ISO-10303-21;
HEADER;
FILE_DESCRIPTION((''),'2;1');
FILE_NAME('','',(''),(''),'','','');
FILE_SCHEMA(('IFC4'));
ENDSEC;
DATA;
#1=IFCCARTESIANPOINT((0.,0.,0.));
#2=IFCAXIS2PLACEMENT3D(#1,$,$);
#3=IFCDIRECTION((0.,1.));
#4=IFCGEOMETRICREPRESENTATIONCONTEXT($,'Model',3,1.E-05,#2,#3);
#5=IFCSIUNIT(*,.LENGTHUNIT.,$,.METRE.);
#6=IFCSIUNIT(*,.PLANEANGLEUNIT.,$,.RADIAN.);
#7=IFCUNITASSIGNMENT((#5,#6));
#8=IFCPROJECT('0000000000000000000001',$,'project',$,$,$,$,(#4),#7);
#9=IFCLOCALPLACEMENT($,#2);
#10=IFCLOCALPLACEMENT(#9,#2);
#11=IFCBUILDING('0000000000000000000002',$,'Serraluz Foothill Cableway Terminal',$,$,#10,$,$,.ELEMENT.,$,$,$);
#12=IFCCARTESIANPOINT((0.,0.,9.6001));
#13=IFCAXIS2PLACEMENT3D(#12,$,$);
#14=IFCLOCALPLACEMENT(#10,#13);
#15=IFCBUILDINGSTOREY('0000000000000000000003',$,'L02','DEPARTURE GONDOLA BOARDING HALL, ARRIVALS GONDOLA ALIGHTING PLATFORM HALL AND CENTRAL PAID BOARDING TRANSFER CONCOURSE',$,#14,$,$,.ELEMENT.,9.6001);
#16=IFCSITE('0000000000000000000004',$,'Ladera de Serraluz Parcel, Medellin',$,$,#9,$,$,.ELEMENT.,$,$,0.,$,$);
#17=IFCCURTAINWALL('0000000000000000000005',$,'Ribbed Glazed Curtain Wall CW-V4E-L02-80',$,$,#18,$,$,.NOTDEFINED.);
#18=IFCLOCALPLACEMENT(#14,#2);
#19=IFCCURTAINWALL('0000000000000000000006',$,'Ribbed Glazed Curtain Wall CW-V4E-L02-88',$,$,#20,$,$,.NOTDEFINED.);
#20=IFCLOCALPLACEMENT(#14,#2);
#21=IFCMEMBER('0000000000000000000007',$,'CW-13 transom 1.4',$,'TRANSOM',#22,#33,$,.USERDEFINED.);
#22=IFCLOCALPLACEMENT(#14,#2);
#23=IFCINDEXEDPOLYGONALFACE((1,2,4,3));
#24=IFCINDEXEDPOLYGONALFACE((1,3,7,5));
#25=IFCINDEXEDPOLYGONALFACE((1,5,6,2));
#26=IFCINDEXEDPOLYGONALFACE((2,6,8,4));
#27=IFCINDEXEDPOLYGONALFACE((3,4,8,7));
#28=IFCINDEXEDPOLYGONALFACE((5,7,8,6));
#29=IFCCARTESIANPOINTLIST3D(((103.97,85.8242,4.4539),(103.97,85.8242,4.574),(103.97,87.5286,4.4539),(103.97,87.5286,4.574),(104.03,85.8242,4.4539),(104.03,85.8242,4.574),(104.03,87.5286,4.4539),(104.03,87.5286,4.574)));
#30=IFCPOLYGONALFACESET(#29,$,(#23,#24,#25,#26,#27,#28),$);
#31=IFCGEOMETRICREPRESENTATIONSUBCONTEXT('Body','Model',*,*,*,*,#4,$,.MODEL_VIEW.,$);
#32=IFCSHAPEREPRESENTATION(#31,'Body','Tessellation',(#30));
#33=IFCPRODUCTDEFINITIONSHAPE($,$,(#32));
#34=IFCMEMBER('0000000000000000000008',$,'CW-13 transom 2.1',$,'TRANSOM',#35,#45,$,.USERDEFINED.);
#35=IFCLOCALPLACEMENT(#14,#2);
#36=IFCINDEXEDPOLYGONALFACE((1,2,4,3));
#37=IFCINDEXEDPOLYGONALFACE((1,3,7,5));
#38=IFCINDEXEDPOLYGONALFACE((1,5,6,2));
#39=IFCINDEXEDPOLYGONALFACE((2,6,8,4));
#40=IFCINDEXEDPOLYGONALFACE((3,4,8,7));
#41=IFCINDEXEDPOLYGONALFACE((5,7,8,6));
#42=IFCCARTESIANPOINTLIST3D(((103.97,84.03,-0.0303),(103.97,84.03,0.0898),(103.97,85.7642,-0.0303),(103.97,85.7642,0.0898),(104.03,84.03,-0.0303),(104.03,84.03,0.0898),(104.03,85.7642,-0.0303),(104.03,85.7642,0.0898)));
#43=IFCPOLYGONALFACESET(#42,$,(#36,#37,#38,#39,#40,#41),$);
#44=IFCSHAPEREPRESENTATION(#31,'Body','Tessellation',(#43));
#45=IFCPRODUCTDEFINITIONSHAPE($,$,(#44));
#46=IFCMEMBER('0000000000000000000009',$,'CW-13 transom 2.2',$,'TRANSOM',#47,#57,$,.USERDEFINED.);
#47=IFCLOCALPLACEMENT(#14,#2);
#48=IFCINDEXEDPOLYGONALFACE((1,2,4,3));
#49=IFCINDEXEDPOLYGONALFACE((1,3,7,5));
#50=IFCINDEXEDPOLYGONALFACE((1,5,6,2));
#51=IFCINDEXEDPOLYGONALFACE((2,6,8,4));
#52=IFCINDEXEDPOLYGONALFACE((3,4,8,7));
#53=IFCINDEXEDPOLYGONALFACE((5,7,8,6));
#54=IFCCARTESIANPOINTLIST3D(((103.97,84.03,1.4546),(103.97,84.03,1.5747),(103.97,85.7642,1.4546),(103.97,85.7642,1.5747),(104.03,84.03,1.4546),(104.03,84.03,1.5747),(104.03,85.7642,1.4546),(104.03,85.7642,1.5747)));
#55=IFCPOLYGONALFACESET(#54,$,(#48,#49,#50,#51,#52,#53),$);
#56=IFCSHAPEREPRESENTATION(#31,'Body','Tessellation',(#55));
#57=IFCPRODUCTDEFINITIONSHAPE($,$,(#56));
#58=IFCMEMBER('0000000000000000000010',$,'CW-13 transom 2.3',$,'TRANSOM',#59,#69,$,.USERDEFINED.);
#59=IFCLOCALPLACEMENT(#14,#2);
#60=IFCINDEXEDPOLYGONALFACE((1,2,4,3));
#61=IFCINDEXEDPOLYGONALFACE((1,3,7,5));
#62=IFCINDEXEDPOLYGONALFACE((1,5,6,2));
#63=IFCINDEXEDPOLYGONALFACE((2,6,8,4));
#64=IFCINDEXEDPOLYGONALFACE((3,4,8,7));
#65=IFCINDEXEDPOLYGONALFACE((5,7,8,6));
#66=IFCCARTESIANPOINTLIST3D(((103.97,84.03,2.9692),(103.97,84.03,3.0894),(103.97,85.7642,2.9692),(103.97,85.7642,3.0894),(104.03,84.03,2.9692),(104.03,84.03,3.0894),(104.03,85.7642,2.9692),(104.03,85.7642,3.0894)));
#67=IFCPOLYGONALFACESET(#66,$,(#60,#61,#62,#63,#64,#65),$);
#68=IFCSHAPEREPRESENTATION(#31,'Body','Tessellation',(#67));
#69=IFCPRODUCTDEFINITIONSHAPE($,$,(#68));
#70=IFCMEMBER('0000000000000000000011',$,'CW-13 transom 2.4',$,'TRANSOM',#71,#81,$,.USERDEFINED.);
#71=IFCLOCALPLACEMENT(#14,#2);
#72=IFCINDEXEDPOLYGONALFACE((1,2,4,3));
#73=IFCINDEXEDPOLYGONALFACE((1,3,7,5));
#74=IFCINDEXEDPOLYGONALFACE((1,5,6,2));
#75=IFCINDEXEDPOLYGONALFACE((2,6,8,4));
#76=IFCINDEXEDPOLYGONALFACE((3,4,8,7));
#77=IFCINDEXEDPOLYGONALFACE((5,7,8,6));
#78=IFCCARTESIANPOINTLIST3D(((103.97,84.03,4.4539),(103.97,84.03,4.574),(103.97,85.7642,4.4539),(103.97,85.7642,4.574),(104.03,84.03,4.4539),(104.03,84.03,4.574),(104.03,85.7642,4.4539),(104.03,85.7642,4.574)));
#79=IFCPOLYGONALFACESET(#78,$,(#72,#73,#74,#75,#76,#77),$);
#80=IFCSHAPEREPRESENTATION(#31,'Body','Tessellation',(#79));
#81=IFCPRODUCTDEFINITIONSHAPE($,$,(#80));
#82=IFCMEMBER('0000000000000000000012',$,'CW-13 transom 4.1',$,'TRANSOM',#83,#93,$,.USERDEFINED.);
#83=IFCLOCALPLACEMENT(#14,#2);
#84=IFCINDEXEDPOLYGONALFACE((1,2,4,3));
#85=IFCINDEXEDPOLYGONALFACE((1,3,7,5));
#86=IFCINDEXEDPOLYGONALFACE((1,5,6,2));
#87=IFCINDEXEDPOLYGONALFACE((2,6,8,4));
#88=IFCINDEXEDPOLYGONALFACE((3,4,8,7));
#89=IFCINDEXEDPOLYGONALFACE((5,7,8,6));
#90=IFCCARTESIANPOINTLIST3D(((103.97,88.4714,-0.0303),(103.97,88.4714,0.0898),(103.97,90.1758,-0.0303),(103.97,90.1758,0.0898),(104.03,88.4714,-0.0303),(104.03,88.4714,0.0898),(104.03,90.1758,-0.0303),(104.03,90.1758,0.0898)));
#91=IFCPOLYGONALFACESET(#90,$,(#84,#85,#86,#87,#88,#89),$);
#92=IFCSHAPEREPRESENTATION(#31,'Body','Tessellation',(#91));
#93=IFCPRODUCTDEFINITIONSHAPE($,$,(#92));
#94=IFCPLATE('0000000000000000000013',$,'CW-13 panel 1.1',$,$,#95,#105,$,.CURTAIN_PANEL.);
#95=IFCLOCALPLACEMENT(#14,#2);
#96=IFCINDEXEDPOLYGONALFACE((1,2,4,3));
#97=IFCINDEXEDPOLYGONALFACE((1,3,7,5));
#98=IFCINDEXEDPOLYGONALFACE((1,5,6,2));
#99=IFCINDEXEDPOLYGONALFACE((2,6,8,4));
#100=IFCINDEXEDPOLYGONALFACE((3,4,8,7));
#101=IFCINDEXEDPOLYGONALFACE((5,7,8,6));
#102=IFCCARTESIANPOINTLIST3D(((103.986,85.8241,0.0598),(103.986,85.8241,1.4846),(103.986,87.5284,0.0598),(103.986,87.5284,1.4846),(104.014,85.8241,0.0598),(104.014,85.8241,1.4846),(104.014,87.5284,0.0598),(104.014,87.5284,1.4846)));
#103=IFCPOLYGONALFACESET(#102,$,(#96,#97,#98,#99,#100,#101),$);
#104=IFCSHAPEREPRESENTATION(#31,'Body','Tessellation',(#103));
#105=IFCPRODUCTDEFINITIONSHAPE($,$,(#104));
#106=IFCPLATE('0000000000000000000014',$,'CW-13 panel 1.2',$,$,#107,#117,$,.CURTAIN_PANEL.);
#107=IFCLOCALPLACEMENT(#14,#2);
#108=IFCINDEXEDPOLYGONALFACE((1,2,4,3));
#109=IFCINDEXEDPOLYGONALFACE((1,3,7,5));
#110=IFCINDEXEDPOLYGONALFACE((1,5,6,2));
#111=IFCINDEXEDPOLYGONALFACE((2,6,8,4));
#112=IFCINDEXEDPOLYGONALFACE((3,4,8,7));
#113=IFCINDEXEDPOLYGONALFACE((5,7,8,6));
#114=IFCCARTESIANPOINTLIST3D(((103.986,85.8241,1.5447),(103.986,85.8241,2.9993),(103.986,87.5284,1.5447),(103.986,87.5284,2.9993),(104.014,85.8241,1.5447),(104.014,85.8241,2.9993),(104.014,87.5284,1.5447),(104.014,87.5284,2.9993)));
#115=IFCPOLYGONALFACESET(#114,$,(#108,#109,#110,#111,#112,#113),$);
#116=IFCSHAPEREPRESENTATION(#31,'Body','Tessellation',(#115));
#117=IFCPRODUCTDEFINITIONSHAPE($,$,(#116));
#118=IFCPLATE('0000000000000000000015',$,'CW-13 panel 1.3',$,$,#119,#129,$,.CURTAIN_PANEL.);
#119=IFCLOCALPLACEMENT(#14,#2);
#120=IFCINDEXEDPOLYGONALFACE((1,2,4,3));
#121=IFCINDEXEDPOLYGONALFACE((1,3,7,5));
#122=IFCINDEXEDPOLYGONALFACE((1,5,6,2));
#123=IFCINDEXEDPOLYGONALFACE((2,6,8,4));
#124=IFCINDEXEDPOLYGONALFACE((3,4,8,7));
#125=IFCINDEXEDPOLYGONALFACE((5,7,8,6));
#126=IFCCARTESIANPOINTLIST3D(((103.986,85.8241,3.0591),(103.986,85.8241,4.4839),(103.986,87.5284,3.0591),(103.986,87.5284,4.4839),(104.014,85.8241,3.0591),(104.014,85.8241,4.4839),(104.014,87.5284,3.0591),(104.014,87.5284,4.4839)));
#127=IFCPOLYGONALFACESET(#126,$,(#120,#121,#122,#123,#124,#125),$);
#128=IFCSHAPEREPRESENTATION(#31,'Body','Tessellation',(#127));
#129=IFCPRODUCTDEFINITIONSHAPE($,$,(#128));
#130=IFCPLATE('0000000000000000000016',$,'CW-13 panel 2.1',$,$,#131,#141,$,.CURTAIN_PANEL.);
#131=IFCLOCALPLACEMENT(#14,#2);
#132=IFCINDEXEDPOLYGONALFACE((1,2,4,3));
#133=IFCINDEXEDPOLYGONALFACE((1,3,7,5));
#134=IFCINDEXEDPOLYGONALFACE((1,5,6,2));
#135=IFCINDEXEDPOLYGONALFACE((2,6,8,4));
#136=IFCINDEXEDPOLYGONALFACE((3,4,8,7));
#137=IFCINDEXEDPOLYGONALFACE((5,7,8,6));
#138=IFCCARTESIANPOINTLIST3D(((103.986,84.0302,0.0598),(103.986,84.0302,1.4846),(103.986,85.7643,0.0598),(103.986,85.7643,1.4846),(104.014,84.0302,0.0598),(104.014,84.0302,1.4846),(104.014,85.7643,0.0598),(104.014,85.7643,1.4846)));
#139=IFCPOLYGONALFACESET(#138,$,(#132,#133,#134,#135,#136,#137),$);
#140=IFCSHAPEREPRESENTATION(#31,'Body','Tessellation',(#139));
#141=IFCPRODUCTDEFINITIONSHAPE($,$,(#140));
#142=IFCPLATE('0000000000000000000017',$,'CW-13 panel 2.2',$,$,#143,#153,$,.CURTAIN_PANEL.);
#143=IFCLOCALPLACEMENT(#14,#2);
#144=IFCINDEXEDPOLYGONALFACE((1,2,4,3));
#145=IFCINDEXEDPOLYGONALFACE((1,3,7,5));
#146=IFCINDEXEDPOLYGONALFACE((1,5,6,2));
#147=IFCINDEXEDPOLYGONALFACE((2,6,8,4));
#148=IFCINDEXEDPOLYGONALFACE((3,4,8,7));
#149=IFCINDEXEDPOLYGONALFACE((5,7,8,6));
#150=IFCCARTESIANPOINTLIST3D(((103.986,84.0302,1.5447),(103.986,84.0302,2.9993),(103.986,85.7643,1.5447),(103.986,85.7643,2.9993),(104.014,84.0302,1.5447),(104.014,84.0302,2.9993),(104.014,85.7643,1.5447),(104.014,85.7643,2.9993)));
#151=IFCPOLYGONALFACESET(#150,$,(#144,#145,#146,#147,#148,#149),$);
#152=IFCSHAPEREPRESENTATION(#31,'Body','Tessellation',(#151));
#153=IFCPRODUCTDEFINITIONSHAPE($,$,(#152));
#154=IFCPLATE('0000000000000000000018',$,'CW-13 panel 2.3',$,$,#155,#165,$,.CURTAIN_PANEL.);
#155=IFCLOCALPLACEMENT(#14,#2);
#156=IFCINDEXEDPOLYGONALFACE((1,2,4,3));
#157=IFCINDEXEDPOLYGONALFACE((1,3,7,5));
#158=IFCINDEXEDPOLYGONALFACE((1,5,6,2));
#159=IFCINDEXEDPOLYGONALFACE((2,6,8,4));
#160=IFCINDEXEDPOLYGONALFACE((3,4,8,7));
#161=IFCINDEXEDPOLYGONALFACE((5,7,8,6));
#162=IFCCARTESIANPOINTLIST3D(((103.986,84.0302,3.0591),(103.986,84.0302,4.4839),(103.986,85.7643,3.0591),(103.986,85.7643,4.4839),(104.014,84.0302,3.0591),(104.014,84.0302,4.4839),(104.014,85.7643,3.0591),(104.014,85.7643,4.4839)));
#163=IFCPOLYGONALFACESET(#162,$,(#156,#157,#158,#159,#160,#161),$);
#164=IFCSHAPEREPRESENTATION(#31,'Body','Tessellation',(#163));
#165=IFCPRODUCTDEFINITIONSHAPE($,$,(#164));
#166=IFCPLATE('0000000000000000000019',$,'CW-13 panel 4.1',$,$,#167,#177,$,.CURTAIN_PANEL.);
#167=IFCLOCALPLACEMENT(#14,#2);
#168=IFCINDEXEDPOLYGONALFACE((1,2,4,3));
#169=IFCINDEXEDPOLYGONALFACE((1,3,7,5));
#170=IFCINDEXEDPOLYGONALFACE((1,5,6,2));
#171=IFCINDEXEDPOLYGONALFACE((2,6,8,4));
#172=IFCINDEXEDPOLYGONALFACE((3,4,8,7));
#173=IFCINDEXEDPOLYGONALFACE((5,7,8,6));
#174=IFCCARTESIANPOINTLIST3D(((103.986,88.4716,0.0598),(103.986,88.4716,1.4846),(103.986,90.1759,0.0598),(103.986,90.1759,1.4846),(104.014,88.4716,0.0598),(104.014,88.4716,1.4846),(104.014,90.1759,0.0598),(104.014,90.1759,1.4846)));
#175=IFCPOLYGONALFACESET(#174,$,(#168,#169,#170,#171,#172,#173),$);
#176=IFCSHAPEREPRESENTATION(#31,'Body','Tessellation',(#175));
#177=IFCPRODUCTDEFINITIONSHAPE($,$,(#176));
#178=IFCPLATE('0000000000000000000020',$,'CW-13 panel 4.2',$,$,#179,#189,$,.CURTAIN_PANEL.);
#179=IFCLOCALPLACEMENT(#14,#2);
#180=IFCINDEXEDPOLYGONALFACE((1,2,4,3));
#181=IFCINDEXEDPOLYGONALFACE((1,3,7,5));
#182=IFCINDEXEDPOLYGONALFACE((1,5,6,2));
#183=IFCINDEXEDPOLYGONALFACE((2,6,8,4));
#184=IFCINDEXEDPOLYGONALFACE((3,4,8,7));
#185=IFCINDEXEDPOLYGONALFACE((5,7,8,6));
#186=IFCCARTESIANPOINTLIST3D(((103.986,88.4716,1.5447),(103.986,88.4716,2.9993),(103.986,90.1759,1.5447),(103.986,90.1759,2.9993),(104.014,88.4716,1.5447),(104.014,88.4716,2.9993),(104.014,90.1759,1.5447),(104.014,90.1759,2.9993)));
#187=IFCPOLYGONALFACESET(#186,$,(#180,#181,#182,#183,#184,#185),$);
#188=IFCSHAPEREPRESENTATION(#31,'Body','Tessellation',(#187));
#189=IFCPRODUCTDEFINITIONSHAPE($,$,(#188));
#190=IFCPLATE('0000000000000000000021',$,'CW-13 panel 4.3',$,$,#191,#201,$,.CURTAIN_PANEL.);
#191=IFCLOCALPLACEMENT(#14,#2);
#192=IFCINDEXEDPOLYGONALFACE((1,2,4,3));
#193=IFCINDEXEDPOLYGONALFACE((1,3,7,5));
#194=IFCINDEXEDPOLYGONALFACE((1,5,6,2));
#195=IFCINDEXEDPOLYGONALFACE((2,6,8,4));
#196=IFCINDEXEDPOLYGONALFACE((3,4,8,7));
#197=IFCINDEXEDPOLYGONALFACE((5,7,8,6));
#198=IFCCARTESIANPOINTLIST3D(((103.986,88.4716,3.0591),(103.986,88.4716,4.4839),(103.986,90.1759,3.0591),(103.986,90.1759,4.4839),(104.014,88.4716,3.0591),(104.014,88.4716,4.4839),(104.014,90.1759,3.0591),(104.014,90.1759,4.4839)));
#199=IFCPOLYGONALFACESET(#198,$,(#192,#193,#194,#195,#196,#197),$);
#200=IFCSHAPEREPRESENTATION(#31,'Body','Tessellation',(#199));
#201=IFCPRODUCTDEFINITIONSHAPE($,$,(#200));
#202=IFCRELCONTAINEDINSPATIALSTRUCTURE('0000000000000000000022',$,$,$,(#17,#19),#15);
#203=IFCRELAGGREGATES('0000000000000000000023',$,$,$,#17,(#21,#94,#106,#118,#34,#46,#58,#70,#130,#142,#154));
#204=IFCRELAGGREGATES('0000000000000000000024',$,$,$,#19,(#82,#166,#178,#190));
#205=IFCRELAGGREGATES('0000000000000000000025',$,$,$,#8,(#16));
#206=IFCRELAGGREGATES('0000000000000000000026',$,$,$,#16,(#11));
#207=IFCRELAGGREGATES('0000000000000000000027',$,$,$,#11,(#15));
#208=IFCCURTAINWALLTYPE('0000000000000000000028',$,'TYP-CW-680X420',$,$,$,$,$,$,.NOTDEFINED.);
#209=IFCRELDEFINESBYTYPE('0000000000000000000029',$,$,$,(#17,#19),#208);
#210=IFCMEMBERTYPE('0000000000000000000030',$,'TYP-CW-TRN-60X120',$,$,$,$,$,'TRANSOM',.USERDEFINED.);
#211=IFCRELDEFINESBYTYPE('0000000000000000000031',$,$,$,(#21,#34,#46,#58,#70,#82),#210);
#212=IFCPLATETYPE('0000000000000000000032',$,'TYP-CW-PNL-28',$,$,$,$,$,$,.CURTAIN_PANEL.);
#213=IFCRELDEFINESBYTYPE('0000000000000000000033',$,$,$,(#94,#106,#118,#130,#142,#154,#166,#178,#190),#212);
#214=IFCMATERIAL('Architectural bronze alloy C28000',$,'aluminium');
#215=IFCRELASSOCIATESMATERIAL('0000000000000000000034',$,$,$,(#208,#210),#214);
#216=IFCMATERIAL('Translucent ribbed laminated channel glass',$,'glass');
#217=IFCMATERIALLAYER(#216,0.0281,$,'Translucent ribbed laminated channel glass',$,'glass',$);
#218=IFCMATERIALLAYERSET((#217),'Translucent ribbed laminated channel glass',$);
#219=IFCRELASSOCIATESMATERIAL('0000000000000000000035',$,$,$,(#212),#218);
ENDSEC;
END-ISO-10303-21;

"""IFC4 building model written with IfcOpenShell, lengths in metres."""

from ifc_helpers import new_model, si_unit, direction, frame, origin, origin_2d, place, context, subcontext, project, spatial, rectangle, extrude, material, layer, layer_set, material_profile, profile_set, type_object, element, aggregate, save


model = new_model("IFC4")

# Units and contexts
model_context = context("Model", 3, precision=1e-05, world=origin(), true_north=direction((0.0, 1.0)))
body_context = subcontext(model_context, "Body", "Model", "MODEL_VIEW")
ifc_project = project(units=[si_unit("LENGTHUNIT", "METRE"), si_unit("PLANEANGLEUNIT", "RADIAN")], contexts=[model_context])

# Site, building, storey
site_placement = place(None, origin())
site = spatial("IfcSite", under=ifc_project, at=site_placement, Name="Ladera de Serraluz Parcel, Medellin", CompositionType="ELEMENT", RefElevation=0.0)
building_placement = place(site_placement, origin())
building = spatial("IfcBuilding", under=site, at=building_placement, Name="Serraluz Foothill Cableway Terminal", CompositionType="ELEMENT")
storey_placement = place(building_placement, frame((0.0, 0.0, 9.6001)))
storey = spatial("IfcBuildingStorey", under=building, at=storey_placement, Name="L02", Description="DEPARTURE GONDOLA BOARDING HALL, ARRIVALS GONDOLA ALIGHTING PLATFORM HALL AND CENTRAL PAID BOARDING TRANSFER CONCOURSE", CompositionType="ELEMENT", Elevation=9.6001)

# Curtain wall
ifc_material_1 = material(Name="Architectural bronze alloy C28000", Category="aluminium")
curtain_wall_type = type_object("IfcCurtainWallType", Name="TYP-CW-680X420", PredefinedType="NOTDEFINED", material=ifc_material_1)
curtain_wall_1_placement = place(storey_placement, origin())
curtain_wall_1 = element("IfcCurtainWall", 1, at=curtain_wall_1_placement, inside=storey, type_object=curtain_wall_type, Name="Ribbed Glazed Curtain Wall CW-V4E-L02-80", PredefinedType="NOTDEFINED")

# Curtain wall
curtain_wall_2_placement = place(storey_placement, origin())
curtain_wall_2 = element("IfcCurtainWall", 2, at=curtain_wall_2_placement, inside=storey, type_object=curtain_wall_type, Name="Ribbed Glazed Curtain Wall CW-V4E-L02-88", PredefinedType="NOTDEFINED")

# Members
ifc_material_profile_1 = material_profile(ifc_material_1, rectangle(XDim=0.0601, YDim=0.1201, at=origin_2d()), Name="ALU TRANSOM 60x120")
ifc_profile_set_1 = profile_set([ifc_material_profile_1], Name="Architectural bronze alloy C28000")
member_type_1 = type_object("IfcMemberType", Name="TYP-CW-TRN-60X120", ElementType="TRANSOM", PredefinedType="USERDEFINED", material=ifc_profile_set_1)
member_1_placement = place(storey_placement, frame((104.0, 87.5286, 4.5139), z_axis=(0.0, -1.0, 0.0), x_axis=(1.0, 0.0, 0.0)))
member_1 = element("IfcMember", 3, at=member_1_placement, type_object=member_type_1, Name="CW-13 transom 1.4", ObjectType="TRANSOM", PredefinedType="USERDEFINED", context=body_context, shape_type="SweptSolid", body=[
    extrude(rectangle(XDim=0.0601, YDim=0.1201, at=origin_2d()), origin(), (0.0, 0.0, 1.0), 1.7043),
])
member_2_placement = place(storey_placement, frame((104.0, 85.7642, 0.0298), z_axis=(0.0, -1.0, 0.0), x_axis=(1.0, 0.0, 0.0)))
member_2 = element("IfcMember", 4, at=member_2_placement, type_object=member_type_1, Name="CW-13 transom 2.1", ObjectType="TRANSOM", PredefinedType="USERDEFINED", context=body_context, shape_type="SweptSolid", body=[
    extrude(rectangle(XDim=0.0601, YDim=0.1201, at=origin_2d()), origin(), (0.0, 0.0, 1.0), 1.7341),
])
member_3_placement = place(storey_placement, frame((104.0, 85.7642, 1.5146), z_axis=(0.0, -1.0, 0.0), x_axis=(1.0, 0.0, 0.0)))
member_3 = element("IfcMember", 5, at=member_3_placement, type_object=member_type_1, Name="CW-13 transom 2.2", ObjectType="TRANSOM", PredefinedType="USERDEFINED", context=body_context, shape_type="SweptSolid", body=[
    extrude(rectangle(XDim=0.0601, YDim=0.1201, at=origin_2d()), origin(), (0.0, 0.0, 1.0), 1.7341),
])
member_4_placement = place(storey_placement, frame((104.0, 85.7642, 3.0293), z_axis=(0.0, -1.0, 0.0), x_axis=(1.0, 0.0, 0.0)))
member_4 = element("IfcMember", 6, at=member_4_placement, type_object=member_type_1, Name="CW-13 transom 2.3", ObjectType="TRANSOM", PredefinedType="USERDEFINED", context=body_context, shape_type="SweptSolid", body=[
    extrude(rectangle(XDim=0.0601, YDim=0.1201, at=origin_2d()), origin(), (0.0, 0.0, 1.0), 1.7341),
])
member_5_placement = place(storey_placement, frame((104.0, 85.7642, 4.5139), z_axis=(0.0, -1.0, 0.0), x_axis=(1.0, 0.0, 0.0)))
member_5 = element("IfcMember", 7, at=member_5_placement, type_object=member_type_1, Name="CW-13 transom 2.4", ObjectType="TRANSOM", PredefinedType="USERDEFINED", context=body_context, shape_type="SweptSolid", body=[
    extrude(rectangle(XDim=0.0601, YDim=0.1201, at=origin_2d()), origin(), (0.0, 0.0, 1.0), 1.7341),
])
member_6_placement = place(storey_placement, frame((104.0, 90.1758, 0.0298), z_axis=(0.0, -1.0, 0.0), x_axis=(1.0, 0.0, 0.0)))
member_6 = element("IfcMember", 8, at=member_6_placement, type_object=member_type_1, Name="CW-13 transom 4.1", ObjectType="TRANSOM", PredefinedType="USERDEFINED", context=body_context, shape_type="SweptSolid", body=[
    extrude(rectangle(XDim=0.0601, YDim=0.1201, at=origin_2d()), origin(), (0.0, 0.0, 1.0), 1.7043),
])

# Plates
ifc_material_2 = material(Name="Translucent ribbed laminated channel glass", Category="glass")
ifc_layer_1 = layer(ifc_material_2, 0.0281, Name="Translucent ribbed laminated channel glass", Category="glass")
ifc_layer_set_1 = layer_set([ifc_layer_1], Name="Translucent ribbed laminated channel glass")
plate_type_1 = type_object("IfcPlateType", Name="TYP-CW-PNL-28", PredefinedType="CURTAIN_PANEL", material=ifc_layer_set_1)
plate_1_placement = place(storey_placement, frame((104.0, 86.6763, 0.0598), z_axis=(0.0, 0.0, 1.0), x_axis=(0.0, -1.0, 0.0)))
plate_1 = element("IfcPlate", 9, at=plate_1_placement, type_object=plate_type_1, Name="CW-13 panel 1.1", PredefinedType="CURTAIN_PANEL", context=body_context, shape_type="SweptSolid", body=[
    extrude(rectangle(XDim=1.7043, YDim=0.0281, at=origin_2d()), origin(), (0.0, 0.0, 1.0), 1.4248),
])
plate_2_placement = place(storey_placement, frame((104.0, 86.6763, 1.5447), z_axis=(0.0, 0.0, 1.0), x_axis=(0.0, -1.0, 0.0)))
plate_2 = element("IfcPlate", 10, at=plate_2_placement, type_object=plate_type_1, Name="CW-13 panel 1.2", PredefinedType="CURTAIN_PANEL", context=body_context, shape_type="SweptSolid", body=[
    extrude(rectangle(XDim=1.7043, YDim=0.0281, at=origin_2d()), origin(), (0.0, 0.0, 1.0), 1.4546),
])
plate_3_placement = place(storey_placement, frame((104.0, 86.6763, 3.0591), z_axis=(0.0, 0.0, 1.0), x_axis=(0.0, -1.0, 0.0)))
plate_3 = element("IfcPlate", 11, at=plate_3_placement, type_object=plate_type_1, Name="CW-13 panel 1.3", PredefinedType="CURTAIN_PANEL", context=body_context, shape_type="SweptSolid", body=[
    extrude(rectangle(XDim=1.7043, YDim=0.0281, at=origin_2d()), origin(), (0.0, 0.0, 1.0), 1.4248),
])
plate_4_placement = place(storey_placement, frame((104.0, 84.8972, 0.0598), z_axis=(0.0, 0.0, 1.0), x_axis=(0.0, -1.0, 0.0)))
plate_4 = element("IfcPlate", 12, at=plate_4_placement, type_object=plate_type_1, Name="CW-13 panel 2.1", PredefinedType="CURTAIN_PANEL", context=body_context, shape_type="SweptSolid", body=[
    extrude(rectangle(XDim=1.7341, YDim=0.0281, at=origin_2d()), origin(), (0.0, 0.0, 1.0), 1.4248),
])
plate_5_placement = place(storey_placement, frame((104.0, 84.8972, 1.5447), z_axis=(0.0, 0.0, 1.0), x_axis=(0.0, -1.0, 0.0)))
plate_5 = element("IfcPlate", 13, at=plate_5_placement, type_object=plate_type_1, Name="CW-13 panel 2.2", PredefinedType="CURTAIN_PANEL", context=body_context, shape_type="SweptSolid", body=[
    extrude(rectangle(XDim=1.7341, YDim=0.0281, at=origin_2d()), origin(), (0.0, 0.0, 1.0), 1.4546),
])
plate_6_placement = place(storey_placement, frame((104.0, 84.8972, 3.0591), z_axis=(0.0, 0.0, 1.0), x_axis=(0.0, -1.0, 0.0)))
plate_6 = element("IfcPlate", 14, at=plate_6_placement, type_object=plate_type_1, Name="CW-13 panel 2.3", PredefinedType="CURTAIN_PANEL", context=body_context, shape_type="SweptSolid", body=[
    extrude(rectangle(XDim=1.7341, YDim=0.0281, at=origin_2d()), origin(), (0.0, 0.0, 1.0), 1.4248),
])
aggregate(curtain_wall_1, [member_1, plate_1, plate_2, plate_3, member_2, member_3, member_4, member_5, plate_4, plate_5, plate_6])
plate_7_placement = place(storey_placement, frame((104.0, 89.3237, 0.0598), z_axis=(0.0, 0.0, 1.0), x_axis=(0.0, -1.0, 0.0)))
plate_7 = element("IfcPlate", 15, at=plate_7_placement, type_object=plate_type_1, Name="CW-13 panel 4.1", PredefinedType="CURTAIN_PANEL", context=body_context, shape_type="SweptSolid", body=[
    extrude(rectangle(XDim=1.7043, YDim=0.0281, at=origin_2d()), origin(), (0.0, 0.0, 1.0), 1.4248),
])
plate_8_placement = place(storey_placement, frame((104.0, 89.3237, 1.5447), z_axis=(0.0, 0.0, 1.0), x_axis=(0.0, -1.0, 0.0)))
plate_8 = element("IfcPlate", 16, at=plate_8_placement, type_object=plate_type_1, Name="CW-13 panel 4.2", PredefinedType="CURTAIN_PANEL", context=body_context, shape_type="SweptSolid", body=[
    extrude(rectangle(XDim=1.7043, YDim=0.0281, at=origin_2d()), origin(), (0.0, 0.0, 1.0), 1.4546),
])
plate_9_placement = place(storey_placement, frame((104.0, 89.3237, 3.0591), z_axis=(0.0, 0.0, 1.0), x_axis=(0.0, -1.0, 0.0)))
plate_9 = element("IfcPlate", 17, at=plate_9_placement, type_object=plate_type_1, Name="CW-13 panel 4.3", PredefinedType="CURTAIN_PANEL", context=body_context, shape_type="SweptSolid", body=[
    extrude(rectangle(XDim=1.7043, YDim=0.0281, at=origin_2d()), origin(), (0.0, 0.0, 1.0), 1.4248),
])
aggregate(curtain_wall_2, [member_6, plate_7, plate_8, plate_9])

save(model, "model.ifc")
